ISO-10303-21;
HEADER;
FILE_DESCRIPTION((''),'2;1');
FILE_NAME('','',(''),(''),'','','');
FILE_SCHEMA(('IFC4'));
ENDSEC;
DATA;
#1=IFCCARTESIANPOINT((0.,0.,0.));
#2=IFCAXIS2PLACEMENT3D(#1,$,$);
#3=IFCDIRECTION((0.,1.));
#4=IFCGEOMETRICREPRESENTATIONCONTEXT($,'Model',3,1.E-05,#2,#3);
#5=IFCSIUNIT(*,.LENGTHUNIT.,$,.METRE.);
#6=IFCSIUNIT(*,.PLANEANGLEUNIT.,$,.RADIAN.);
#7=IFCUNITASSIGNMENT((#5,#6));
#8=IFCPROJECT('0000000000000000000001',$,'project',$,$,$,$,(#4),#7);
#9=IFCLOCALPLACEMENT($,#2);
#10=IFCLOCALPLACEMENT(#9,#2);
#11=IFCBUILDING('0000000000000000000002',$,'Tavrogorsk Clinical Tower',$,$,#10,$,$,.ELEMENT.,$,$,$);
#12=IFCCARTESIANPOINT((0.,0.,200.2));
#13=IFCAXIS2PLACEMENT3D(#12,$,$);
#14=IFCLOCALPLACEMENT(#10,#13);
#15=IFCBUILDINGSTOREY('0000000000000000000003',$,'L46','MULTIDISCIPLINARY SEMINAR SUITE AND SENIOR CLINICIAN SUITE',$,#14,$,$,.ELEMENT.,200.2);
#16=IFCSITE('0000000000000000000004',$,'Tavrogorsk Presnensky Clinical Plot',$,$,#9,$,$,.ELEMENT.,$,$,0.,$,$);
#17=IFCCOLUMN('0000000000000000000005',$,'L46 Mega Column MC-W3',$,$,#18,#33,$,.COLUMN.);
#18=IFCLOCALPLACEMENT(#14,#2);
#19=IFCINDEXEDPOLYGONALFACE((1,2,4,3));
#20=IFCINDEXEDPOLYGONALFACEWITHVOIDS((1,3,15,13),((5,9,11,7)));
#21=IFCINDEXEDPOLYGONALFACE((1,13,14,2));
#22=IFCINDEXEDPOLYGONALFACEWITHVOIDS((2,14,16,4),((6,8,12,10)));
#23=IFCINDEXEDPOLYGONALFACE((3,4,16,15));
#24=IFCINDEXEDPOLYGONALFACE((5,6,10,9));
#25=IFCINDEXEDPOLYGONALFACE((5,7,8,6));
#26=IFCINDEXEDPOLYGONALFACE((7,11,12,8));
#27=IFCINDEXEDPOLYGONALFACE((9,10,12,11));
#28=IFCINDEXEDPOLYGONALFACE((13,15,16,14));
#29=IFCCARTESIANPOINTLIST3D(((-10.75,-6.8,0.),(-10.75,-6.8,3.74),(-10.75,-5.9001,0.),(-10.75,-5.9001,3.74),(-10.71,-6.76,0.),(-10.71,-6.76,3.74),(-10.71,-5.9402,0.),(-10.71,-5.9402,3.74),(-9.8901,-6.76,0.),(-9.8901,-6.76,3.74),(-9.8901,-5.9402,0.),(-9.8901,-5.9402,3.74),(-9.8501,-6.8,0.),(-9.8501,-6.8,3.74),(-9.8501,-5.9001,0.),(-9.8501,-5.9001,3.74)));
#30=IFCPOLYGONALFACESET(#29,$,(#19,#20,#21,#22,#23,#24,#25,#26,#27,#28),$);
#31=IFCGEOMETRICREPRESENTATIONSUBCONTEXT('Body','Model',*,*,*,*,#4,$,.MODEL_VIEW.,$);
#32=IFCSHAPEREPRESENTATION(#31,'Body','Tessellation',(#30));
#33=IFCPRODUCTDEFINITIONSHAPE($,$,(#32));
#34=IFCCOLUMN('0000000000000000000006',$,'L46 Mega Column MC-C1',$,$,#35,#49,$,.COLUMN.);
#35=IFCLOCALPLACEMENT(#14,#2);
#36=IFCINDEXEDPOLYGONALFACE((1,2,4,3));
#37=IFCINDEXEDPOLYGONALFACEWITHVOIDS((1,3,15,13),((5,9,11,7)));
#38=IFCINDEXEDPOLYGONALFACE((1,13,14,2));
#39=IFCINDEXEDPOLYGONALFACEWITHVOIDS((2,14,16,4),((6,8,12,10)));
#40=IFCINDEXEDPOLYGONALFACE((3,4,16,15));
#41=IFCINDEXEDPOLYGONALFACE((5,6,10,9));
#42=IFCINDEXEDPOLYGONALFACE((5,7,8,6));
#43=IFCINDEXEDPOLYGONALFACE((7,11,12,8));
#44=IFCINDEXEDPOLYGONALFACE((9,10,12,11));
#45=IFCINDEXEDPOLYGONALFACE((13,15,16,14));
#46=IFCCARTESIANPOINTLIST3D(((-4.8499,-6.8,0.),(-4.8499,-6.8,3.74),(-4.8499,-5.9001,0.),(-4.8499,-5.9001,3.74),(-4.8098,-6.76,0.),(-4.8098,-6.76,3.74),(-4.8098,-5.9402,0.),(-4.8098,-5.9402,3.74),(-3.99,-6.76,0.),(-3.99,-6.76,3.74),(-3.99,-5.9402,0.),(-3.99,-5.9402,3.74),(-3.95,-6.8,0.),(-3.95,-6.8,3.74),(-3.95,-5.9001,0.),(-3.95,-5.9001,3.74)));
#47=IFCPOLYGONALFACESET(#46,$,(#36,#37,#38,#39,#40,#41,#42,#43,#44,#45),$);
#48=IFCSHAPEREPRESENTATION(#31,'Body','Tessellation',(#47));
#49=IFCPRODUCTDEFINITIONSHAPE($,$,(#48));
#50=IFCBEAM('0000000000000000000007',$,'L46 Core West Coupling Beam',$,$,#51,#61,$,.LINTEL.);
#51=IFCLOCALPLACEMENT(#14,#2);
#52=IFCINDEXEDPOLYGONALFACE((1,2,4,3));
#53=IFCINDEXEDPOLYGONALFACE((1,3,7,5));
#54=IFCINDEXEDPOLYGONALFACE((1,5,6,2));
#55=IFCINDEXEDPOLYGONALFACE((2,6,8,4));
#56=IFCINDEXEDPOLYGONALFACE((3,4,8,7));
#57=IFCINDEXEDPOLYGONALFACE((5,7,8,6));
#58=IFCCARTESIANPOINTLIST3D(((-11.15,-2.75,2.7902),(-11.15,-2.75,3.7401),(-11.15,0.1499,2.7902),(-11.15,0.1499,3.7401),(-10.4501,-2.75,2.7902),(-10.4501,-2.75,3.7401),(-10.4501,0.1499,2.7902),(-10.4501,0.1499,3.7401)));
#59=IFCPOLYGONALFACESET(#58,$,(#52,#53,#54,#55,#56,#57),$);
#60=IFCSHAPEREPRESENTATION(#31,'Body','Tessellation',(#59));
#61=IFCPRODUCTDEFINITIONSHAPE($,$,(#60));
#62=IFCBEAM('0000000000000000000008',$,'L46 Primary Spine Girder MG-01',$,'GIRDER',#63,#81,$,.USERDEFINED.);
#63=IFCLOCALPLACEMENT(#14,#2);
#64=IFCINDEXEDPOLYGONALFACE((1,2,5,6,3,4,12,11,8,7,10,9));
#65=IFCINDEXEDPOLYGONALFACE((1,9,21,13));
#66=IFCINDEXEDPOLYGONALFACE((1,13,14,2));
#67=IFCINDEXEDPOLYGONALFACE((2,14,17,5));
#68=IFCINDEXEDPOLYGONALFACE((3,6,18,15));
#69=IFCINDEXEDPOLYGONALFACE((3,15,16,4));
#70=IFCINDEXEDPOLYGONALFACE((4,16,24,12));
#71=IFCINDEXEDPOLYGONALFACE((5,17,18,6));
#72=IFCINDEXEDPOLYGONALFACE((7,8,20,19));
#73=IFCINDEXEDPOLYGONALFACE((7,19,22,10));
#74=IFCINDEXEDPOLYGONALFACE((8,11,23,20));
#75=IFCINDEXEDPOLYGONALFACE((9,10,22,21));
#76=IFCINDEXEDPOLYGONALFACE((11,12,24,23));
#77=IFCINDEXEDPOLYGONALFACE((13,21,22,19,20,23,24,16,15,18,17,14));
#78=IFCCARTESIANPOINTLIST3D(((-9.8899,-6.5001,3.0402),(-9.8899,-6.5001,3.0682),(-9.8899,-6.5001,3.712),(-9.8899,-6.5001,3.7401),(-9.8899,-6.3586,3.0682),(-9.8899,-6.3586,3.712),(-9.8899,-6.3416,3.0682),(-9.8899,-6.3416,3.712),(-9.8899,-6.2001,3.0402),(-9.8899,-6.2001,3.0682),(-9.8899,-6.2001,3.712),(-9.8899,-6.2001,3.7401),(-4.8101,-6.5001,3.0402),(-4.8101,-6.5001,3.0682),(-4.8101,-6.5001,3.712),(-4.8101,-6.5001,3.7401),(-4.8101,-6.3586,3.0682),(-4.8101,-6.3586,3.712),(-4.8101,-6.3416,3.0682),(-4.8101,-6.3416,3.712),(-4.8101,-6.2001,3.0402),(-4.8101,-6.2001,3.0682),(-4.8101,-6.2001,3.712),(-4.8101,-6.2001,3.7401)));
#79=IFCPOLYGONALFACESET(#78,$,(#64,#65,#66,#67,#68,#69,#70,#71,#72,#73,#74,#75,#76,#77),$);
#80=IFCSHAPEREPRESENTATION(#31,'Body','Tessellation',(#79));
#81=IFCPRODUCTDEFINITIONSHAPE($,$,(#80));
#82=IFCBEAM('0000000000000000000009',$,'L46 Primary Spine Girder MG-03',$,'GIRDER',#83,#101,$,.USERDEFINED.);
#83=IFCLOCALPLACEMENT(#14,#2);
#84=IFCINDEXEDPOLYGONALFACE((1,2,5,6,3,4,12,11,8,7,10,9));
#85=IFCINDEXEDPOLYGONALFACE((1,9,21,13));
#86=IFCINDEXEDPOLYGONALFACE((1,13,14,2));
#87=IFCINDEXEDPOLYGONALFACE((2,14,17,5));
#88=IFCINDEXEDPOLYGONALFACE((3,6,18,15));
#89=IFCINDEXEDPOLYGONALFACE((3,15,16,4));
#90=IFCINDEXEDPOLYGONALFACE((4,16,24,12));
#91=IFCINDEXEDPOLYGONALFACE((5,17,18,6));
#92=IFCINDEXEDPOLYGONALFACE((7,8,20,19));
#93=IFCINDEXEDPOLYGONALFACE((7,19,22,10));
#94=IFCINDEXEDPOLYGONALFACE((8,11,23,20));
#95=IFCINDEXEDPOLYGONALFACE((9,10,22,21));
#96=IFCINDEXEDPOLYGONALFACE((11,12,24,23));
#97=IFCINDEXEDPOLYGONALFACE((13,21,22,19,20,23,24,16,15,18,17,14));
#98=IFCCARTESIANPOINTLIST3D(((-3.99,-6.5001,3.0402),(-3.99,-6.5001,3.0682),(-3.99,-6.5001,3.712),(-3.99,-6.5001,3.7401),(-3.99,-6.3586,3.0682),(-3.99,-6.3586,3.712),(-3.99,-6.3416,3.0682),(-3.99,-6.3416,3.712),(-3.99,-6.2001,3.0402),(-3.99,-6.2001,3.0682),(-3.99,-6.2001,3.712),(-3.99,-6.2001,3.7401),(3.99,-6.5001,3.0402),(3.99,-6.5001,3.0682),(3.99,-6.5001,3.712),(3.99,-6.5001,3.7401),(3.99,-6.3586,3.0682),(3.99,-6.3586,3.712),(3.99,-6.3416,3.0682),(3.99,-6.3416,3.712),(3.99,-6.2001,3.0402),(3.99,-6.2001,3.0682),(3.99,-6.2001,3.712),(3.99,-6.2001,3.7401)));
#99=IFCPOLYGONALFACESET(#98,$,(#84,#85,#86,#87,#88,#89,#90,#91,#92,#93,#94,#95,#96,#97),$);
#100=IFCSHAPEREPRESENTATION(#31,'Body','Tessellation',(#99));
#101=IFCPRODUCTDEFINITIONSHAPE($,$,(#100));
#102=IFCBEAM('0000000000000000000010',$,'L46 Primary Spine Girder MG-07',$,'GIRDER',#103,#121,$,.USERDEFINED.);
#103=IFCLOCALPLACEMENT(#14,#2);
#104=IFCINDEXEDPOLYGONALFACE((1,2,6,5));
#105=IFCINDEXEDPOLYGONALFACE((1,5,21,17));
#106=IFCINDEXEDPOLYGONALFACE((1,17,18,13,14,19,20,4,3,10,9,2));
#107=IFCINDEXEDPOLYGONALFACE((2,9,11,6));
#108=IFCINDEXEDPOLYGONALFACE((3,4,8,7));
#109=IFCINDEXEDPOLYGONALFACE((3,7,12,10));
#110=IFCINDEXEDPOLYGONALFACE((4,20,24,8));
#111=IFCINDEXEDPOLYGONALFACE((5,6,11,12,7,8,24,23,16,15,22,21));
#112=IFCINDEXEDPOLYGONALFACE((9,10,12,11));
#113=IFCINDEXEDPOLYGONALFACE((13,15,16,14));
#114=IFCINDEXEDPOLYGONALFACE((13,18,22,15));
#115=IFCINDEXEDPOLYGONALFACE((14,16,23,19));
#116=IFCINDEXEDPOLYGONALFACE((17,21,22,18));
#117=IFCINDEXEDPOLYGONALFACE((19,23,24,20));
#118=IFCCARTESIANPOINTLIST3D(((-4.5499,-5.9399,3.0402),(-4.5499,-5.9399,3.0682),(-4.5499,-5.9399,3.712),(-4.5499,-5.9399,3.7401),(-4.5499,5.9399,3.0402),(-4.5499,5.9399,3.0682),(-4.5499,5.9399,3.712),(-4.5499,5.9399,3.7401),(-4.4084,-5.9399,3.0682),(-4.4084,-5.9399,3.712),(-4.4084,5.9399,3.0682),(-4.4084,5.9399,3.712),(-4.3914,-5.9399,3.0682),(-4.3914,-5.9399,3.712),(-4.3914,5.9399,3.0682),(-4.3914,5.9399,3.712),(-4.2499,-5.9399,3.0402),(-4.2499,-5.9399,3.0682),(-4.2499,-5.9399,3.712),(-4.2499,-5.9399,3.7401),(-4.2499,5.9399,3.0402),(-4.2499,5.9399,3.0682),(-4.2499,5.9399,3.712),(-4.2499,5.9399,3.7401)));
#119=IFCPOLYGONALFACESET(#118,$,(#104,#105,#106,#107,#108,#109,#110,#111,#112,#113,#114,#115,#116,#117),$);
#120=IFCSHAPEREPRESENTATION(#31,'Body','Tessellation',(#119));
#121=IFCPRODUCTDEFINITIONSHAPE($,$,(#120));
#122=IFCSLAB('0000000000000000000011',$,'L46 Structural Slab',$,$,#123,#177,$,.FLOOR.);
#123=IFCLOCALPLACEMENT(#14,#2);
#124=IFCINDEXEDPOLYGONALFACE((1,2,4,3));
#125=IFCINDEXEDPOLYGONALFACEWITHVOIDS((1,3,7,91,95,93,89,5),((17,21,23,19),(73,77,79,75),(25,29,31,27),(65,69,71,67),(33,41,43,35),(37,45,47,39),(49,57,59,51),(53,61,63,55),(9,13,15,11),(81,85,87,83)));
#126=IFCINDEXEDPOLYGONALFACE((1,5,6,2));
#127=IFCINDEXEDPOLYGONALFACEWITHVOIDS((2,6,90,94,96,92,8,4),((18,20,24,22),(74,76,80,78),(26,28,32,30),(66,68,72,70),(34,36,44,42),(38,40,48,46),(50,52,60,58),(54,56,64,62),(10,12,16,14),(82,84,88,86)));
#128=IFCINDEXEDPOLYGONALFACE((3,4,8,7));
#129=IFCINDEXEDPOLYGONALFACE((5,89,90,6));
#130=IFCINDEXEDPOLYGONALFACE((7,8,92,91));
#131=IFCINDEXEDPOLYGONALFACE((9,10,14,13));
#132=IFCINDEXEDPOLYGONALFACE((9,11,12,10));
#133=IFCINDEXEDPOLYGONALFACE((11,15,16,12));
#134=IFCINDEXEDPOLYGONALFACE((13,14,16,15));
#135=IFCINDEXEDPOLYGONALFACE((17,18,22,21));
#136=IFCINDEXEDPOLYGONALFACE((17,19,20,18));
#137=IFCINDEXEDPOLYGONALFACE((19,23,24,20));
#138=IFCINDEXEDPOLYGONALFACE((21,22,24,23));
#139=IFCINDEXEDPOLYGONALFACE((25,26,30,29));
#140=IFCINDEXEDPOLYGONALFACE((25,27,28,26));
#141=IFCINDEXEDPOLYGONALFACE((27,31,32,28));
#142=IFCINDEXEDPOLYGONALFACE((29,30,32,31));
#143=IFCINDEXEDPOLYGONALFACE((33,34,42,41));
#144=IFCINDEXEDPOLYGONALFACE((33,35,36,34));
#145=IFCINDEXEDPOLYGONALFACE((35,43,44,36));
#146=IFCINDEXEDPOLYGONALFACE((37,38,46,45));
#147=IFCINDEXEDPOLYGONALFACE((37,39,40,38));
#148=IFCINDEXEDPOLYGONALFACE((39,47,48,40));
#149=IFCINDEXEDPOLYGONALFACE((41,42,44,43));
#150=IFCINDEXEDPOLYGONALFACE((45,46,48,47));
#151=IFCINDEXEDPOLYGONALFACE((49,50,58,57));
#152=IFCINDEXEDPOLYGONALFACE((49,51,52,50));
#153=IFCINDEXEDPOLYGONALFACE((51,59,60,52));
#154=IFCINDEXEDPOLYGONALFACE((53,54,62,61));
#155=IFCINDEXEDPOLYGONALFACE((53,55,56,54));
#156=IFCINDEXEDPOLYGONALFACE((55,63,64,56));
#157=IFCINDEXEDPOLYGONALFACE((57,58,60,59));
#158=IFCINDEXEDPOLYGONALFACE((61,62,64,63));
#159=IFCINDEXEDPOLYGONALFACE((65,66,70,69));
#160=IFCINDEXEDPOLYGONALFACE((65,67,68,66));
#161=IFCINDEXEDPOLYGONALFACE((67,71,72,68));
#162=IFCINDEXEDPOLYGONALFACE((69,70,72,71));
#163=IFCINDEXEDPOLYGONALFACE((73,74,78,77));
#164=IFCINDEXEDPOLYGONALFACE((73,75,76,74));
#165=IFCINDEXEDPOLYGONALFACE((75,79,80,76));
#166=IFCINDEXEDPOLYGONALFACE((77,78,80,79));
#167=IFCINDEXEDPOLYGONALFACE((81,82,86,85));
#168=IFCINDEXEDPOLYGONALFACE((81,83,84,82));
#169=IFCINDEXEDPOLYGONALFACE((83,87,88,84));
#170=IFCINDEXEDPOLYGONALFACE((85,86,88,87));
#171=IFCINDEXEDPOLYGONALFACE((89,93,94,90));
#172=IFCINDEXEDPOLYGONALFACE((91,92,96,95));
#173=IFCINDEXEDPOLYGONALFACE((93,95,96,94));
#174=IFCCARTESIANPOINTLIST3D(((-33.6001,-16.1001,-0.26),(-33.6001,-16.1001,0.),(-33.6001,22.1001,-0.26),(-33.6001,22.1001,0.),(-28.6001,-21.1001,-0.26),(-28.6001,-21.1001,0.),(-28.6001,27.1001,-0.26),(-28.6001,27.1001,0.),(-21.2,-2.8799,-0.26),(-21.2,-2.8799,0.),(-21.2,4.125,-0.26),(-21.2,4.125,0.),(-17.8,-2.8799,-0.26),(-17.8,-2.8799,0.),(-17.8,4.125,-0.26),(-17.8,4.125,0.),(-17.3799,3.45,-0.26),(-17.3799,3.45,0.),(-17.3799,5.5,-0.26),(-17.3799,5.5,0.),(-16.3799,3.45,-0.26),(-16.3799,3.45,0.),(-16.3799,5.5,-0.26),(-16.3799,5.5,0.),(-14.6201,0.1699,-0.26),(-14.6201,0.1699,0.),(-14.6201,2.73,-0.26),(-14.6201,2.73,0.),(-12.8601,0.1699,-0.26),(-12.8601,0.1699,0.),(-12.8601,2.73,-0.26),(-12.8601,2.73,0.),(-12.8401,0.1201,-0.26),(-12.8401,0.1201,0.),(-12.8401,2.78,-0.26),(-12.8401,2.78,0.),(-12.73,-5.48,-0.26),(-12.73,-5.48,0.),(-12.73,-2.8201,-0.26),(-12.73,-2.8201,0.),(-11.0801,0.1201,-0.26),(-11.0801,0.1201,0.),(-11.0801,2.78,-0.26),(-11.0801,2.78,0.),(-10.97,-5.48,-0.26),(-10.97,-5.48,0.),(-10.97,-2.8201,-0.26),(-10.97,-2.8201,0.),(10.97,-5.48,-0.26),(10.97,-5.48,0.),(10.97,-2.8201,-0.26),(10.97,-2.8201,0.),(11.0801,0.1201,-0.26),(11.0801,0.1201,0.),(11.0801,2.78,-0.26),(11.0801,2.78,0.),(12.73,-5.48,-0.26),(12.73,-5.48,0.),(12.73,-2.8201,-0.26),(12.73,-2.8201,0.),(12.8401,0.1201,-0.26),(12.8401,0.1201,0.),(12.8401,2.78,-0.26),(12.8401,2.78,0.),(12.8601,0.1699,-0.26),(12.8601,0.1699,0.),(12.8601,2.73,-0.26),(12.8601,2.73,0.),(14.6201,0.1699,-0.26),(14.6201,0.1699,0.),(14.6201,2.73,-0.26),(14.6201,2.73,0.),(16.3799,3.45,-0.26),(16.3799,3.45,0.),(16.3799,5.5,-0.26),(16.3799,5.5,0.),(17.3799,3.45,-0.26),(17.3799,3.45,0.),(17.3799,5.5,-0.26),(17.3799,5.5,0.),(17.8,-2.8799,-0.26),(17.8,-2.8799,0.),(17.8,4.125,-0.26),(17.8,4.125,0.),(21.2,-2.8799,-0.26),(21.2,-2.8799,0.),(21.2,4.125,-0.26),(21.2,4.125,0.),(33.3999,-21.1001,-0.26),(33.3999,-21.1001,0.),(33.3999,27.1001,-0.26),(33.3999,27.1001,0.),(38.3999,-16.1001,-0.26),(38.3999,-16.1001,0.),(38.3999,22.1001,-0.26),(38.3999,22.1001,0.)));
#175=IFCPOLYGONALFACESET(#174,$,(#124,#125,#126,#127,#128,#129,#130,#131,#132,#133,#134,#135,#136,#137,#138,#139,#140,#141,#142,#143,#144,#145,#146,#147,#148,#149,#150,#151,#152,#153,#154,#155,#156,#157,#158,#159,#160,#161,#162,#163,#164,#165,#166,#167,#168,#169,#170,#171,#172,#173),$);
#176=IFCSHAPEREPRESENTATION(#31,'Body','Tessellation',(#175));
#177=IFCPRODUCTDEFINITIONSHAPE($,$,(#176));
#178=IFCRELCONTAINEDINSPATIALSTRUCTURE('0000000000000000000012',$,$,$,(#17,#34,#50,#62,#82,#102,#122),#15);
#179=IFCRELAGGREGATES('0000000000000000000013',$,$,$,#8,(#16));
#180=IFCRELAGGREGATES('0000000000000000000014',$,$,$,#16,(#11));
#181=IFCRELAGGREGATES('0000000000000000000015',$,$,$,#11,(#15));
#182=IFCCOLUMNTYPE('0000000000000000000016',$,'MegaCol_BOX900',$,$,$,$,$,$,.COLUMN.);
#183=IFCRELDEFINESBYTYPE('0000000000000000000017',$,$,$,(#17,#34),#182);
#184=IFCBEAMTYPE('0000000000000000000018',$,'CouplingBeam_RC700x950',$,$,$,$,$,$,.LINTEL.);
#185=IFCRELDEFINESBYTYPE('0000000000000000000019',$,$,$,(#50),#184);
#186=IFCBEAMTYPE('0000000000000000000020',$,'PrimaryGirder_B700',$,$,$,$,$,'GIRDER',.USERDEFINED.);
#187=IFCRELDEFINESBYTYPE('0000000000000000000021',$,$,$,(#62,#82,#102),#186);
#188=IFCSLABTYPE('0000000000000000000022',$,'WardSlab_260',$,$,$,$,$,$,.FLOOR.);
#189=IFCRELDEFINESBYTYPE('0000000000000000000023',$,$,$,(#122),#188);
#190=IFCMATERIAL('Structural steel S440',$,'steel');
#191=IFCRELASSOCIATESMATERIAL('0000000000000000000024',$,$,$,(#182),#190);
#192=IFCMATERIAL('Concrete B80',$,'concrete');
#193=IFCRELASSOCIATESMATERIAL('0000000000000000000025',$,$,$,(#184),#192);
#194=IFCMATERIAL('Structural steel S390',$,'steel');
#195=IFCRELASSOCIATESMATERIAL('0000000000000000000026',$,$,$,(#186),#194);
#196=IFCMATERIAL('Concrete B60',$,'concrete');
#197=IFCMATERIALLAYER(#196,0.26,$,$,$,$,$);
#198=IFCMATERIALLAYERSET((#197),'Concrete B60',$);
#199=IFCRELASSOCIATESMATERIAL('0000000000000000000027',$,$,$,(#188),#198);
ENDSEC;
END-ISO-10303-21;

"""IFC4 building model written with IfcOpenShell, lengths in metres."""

from ifc_helpers import new_model, si_unit, direction, frame, origin, origin_2d, place, context, subcontext, project, spatial, polyline, rectangle, hollow_rectangle, i_section, outline, extrude, material, layer, layer_set, material_profile, profile_set, type_object, element, save


model = new_model("IFC4")

# Units and contexts
model_context = context("Model", 3, precision=1e-05, world=origin(), true_north=direction((0.0, 1.0)))
body_context = subcontext(model_context, "Body", "Model", "MODEL_VIEW")
ifc_project = project(units=[si_unit("LENGTHUNIT", "METRE"), si_unit("PLANEANGLEUNIT", "RADIAN")], contexts=[model_context])

# Site, building, storey
site_placement = place(None, origin())
site = spatial("IfcSite", under=ifc_project, at=site_placement, Name="Tavrogorsk Presnensky Clinical Plot", CompositionType="ELEMENT", RefElevation=0.0)
building_placement = place(site_placement, origin())
building = spatial("IfcBuilding", under=site, at=building_placement, Name="Tavrogorsk Clinical Tower", CompositionType="ELEMENT")
storey_placement = place(building_placement, frame((0.0, 0.0, 200.2)))
storey = spatial("IfcBuildingStorey", under=building, at=storey_placement, Name="L46", Description="MULTIDISCIPLINARY SEMINAR SUITE AND SENIOR CLINICIAN SUITE", CompositionType="ELEMENT", Elevation=200.2)

# Columns
ifc_material_1 = material(Name="Structural steel S440", Category="steel")
ifc_material_profile_1 = material_profile(ifc_material_1, hollow_rectangle(XDim=0.8999, YDim=0.8999, WallThickness=0.04, at=origin_2d()), Name="BOX-900x900x40")
ifc_profile_set_1 = profile_set([ifc_material_profile_1], Name="Structural steel S440")
column_type = type_object("IfcColumnType", Name="MegaCol_BOX900", PredefinedType="COLUMN", material=ifc_profile_set_1)
for number, where, z_axis, x_axis, name in (
    (1, (-10.3, -6.3501, 0.0), (0.0, 0.0, 1.0), (1.0, 0.0, 0.0), "L46 Mega Column MC-W3"),
    (2, (-4.3999, -6.3501, 0.0), (0.0, 0.0, 1.0), (1.0, 0.0, 0.0), "L46 Mega Column MC-C1"),
):
    element("IfcColumn", number, at=place(storey_placement, frame(where, z_axis=z_axis, x_axis=x_axis)), inside=storey, type_object=column_type, Name=name, PredefinedType="COLUMN", context=body_context, shape_type="SweptSolid", body=[
        extrude(hollow_rectangle(XDim=0.8999, YDim=0.8999, WallThickness=0.04, at=origin_2d()), origin(), (0.0, 0.0, 1.0), 3.74),
    ])

# Beams
ifc_material_2 = material(Name="Concrete B80", Category="concrete")
ifc_material_profile_2 = material_profile(ifc_material_2, rectangle(XDim=0.7, YDim=0.95, at=origin_2d()), Name="RC-CB-700x950")
ifc_profile_set_2 = profile_set([ifc_material_profile_2], Name="Concrete B80")
beam_type_1 = type_object("IfcBeamType", Name="CouplingBeam_RC700x950", PredefinedType="LINTEL", material=ifc_profile_set_2)
beam_1_placement = place(storey_placement, frame((-10.8, -2.75, 3.2651), z_axis=(0.0, 1.0, 0.0), x_axis=(-1.0, 0.0, 0.0)))
element("IfcBeam", 3, at=beam_1_placement, inside=storey, type_object=beam_type_1, Name="L46 Core West Coupling Beam", PredefinedType="LINTEL", context=body_context, shape_type="SweptSolid", body=[
    extrude(rectangle(XDim=0.7, YDim=0.95, at=origin_2d()), origin(), (0.0, 0.0, 1.0), 2.8999),
])
ifc_material_3 = material(Name="Structural steel S390", Category="steel")
ifc_material_profile_3 = material_profile(ifc_material_3, i_section(OverallWidth=0.3, OverallDepth=0.7, WebThickness=0.0171, FlangeThickness=0.0281, at=origin_2d()), Name="B-700x300x17x28")
ifc_profile_set_3 = profile_set([ifc_material_profile_3], Name="Structural steel S390")
beam_type_2 = type_object("IfcBeamType", Name="PrimaryGirder_B700", ElementType="GIRDER", PredefinedType="USERDEFINED", material=ifc_profile_set_3)
beam_2_placement = place(storey_placement, frame((-9.8899, -6.3501, 3.3901), z_axis=(1.0, 0.0, 0.0), x_axis=(0.0, 1.0, 0.0)))
element("IfcBeam", 4, at=beam_2_placement, inside=storey, type_object=beam_type_2, Name="L46 Primary Spine Girder MG-01", ObjectType="GIRDER", PredefinedType="USERDEFINED", context=body_context, shape_type="SweptSolid", body=[
    extrude(i_section(OverallWidth=0.3, OverallDepth=0.7, WebThickness=0.0171, FlangeThickness=0.0281, at=origin_2d()), origin(), (0.0, 0.0, 1.0), 5.0798),
])
beam_3_placement = place(storey_placement, frame((-3.99, -6.3501, 3.3901), z_axis=(1.0, 0.0, 0.0), x_axis=(0.0, 1.0, 0.0)))
element("IfcBeam", 5, at=beam_3_placement, inside=storey, type_object=beam_type_2, Name="L46 Primary Spine Girder MG-03", ObjectType="GIRDER", PredefinedType="USERDEFINED", context=body_context, shape_type="SweptSolid", body=[
    extrude(i_section(OverallWidth=0.3, OverallDepth=0.7, WebThickness=0.0171, FlangeThickness=0.0281, at=origin_2d()), origin(), (0.0, 0.0, 1.0), 7.98),
])
beam_4_placement = place(storey_placement, frame((-4.3999, -5.9399, 3.3901), z_axis=(0.0, 1.0, 0.0), x_axis=(-1.0, 0.0, 0.0)))
element("IfcBeam", 6, at=beam_4_placement, inside=storey, type_object=beam_type_2, Name="L46 Primary Spine Girder MG-07", ObjectType="GIRDER", PredefinedType="USERDEFINED", context=body_context, shape_type="SweptSolid", body=[
    extrude(i_section(OverallWidth=0.3, OverallDepth=0.7, WebThickness=0.0171, FlangeThickness=0.0281, at=origin_2d()), origin(), (0.0, 0.0, 1.0), 11.8799),
])

# Slab
ifc_material_4 = material(Name="Concrete B60", Category="concrete")
ifc_layer_1 = layer(ifc_material_4, 0.26)
ifc_layer_set_1 = layer_set([ifc_layer_1], Name="Concrete B60")
slab_type = type_object("IfcSlabType", Name="WardSlab_260", PredefinedType="FLOOR", material=ifc_layer_set_1)
slab_placement = place(storey_placement, frame((0.0, 0.0, -0.26)))
element("IfcSlab", 7, at=slab_placement, inside=storey, type_object=slab_type, Name="L46 Structural Slab", PredefinedType="FLOOR", context=body_context, shape_type="SweptSolid", body=[
    extrude(outline(polyline([(-28.6001, -21.1001), (33.3999, -21.1001), (38.3999, -16.1001), (38.3999, 22.1001), (33.3999, 27.1001), (-28.6001, 27.1001), (-33.6001, 22.1001), (-33.6001, -16.1001), (-28.6001, -21.1001)]), holes=[polyline([(-17.8, -2.8799), (-17.8, 4.125), (-21.2, 4.125), (-21.2, -2.8799), (-17.8, -2.8799)]), polyline([(21.2, -2.8799), (21.2, 4.125), (17.8, 4.125), (17.8, -2.8799), (21.2, -2.8799)]), polyline([(-14.6201, 0.1699), (-12.8601, 0.1699), (-12.8601, 2.73), (-14.6201, 2.73), (-14.6201, 0.1699)]), polyline([(-12.73, -5.48), (-10.97, -5.48), (-10.97, -2.8201), (-12.73, -2.8201), (-12.73, -5.48)]), polyline([(-12.8401, 0.1201), (-11.0801, 0.1201), (-11.0801, 2.78), (-12.8401, 2.78), (-12.8401, 0.1201)]), polyline([(12.8601, 0.1699), (14.6201, 0.1699), (14.6201, 2.73), (12.8601, 2.73), (12.8601, 0.1699)]), polyline([(10.97, -5.48), (12.73, -5.48), (12.73, -2.8201), (10.97, -2.8201), (10.97, -5.48)]), polyline([(11.0801, 0.1201), (12.8401, 0.1201), (12.8401, 2.78), (11.0801, 2.78), (11.0801, 0.1201)]), polyline([(-17.3799, 3.45), (-16.3799, 3.45), (-16.3799, 5.5), (-17.3799, 5.5), (-17.3799, 3.45)]), polyline([(16.3799, 3.45), (17.3799, 3.45), (17.3799, 5.5), (16.3799, 5.5), (16.3799, 3.45)])]), origin(), (0.0, 0.0, 1.0), 0.26),
])

save(model, "model.ifc")
